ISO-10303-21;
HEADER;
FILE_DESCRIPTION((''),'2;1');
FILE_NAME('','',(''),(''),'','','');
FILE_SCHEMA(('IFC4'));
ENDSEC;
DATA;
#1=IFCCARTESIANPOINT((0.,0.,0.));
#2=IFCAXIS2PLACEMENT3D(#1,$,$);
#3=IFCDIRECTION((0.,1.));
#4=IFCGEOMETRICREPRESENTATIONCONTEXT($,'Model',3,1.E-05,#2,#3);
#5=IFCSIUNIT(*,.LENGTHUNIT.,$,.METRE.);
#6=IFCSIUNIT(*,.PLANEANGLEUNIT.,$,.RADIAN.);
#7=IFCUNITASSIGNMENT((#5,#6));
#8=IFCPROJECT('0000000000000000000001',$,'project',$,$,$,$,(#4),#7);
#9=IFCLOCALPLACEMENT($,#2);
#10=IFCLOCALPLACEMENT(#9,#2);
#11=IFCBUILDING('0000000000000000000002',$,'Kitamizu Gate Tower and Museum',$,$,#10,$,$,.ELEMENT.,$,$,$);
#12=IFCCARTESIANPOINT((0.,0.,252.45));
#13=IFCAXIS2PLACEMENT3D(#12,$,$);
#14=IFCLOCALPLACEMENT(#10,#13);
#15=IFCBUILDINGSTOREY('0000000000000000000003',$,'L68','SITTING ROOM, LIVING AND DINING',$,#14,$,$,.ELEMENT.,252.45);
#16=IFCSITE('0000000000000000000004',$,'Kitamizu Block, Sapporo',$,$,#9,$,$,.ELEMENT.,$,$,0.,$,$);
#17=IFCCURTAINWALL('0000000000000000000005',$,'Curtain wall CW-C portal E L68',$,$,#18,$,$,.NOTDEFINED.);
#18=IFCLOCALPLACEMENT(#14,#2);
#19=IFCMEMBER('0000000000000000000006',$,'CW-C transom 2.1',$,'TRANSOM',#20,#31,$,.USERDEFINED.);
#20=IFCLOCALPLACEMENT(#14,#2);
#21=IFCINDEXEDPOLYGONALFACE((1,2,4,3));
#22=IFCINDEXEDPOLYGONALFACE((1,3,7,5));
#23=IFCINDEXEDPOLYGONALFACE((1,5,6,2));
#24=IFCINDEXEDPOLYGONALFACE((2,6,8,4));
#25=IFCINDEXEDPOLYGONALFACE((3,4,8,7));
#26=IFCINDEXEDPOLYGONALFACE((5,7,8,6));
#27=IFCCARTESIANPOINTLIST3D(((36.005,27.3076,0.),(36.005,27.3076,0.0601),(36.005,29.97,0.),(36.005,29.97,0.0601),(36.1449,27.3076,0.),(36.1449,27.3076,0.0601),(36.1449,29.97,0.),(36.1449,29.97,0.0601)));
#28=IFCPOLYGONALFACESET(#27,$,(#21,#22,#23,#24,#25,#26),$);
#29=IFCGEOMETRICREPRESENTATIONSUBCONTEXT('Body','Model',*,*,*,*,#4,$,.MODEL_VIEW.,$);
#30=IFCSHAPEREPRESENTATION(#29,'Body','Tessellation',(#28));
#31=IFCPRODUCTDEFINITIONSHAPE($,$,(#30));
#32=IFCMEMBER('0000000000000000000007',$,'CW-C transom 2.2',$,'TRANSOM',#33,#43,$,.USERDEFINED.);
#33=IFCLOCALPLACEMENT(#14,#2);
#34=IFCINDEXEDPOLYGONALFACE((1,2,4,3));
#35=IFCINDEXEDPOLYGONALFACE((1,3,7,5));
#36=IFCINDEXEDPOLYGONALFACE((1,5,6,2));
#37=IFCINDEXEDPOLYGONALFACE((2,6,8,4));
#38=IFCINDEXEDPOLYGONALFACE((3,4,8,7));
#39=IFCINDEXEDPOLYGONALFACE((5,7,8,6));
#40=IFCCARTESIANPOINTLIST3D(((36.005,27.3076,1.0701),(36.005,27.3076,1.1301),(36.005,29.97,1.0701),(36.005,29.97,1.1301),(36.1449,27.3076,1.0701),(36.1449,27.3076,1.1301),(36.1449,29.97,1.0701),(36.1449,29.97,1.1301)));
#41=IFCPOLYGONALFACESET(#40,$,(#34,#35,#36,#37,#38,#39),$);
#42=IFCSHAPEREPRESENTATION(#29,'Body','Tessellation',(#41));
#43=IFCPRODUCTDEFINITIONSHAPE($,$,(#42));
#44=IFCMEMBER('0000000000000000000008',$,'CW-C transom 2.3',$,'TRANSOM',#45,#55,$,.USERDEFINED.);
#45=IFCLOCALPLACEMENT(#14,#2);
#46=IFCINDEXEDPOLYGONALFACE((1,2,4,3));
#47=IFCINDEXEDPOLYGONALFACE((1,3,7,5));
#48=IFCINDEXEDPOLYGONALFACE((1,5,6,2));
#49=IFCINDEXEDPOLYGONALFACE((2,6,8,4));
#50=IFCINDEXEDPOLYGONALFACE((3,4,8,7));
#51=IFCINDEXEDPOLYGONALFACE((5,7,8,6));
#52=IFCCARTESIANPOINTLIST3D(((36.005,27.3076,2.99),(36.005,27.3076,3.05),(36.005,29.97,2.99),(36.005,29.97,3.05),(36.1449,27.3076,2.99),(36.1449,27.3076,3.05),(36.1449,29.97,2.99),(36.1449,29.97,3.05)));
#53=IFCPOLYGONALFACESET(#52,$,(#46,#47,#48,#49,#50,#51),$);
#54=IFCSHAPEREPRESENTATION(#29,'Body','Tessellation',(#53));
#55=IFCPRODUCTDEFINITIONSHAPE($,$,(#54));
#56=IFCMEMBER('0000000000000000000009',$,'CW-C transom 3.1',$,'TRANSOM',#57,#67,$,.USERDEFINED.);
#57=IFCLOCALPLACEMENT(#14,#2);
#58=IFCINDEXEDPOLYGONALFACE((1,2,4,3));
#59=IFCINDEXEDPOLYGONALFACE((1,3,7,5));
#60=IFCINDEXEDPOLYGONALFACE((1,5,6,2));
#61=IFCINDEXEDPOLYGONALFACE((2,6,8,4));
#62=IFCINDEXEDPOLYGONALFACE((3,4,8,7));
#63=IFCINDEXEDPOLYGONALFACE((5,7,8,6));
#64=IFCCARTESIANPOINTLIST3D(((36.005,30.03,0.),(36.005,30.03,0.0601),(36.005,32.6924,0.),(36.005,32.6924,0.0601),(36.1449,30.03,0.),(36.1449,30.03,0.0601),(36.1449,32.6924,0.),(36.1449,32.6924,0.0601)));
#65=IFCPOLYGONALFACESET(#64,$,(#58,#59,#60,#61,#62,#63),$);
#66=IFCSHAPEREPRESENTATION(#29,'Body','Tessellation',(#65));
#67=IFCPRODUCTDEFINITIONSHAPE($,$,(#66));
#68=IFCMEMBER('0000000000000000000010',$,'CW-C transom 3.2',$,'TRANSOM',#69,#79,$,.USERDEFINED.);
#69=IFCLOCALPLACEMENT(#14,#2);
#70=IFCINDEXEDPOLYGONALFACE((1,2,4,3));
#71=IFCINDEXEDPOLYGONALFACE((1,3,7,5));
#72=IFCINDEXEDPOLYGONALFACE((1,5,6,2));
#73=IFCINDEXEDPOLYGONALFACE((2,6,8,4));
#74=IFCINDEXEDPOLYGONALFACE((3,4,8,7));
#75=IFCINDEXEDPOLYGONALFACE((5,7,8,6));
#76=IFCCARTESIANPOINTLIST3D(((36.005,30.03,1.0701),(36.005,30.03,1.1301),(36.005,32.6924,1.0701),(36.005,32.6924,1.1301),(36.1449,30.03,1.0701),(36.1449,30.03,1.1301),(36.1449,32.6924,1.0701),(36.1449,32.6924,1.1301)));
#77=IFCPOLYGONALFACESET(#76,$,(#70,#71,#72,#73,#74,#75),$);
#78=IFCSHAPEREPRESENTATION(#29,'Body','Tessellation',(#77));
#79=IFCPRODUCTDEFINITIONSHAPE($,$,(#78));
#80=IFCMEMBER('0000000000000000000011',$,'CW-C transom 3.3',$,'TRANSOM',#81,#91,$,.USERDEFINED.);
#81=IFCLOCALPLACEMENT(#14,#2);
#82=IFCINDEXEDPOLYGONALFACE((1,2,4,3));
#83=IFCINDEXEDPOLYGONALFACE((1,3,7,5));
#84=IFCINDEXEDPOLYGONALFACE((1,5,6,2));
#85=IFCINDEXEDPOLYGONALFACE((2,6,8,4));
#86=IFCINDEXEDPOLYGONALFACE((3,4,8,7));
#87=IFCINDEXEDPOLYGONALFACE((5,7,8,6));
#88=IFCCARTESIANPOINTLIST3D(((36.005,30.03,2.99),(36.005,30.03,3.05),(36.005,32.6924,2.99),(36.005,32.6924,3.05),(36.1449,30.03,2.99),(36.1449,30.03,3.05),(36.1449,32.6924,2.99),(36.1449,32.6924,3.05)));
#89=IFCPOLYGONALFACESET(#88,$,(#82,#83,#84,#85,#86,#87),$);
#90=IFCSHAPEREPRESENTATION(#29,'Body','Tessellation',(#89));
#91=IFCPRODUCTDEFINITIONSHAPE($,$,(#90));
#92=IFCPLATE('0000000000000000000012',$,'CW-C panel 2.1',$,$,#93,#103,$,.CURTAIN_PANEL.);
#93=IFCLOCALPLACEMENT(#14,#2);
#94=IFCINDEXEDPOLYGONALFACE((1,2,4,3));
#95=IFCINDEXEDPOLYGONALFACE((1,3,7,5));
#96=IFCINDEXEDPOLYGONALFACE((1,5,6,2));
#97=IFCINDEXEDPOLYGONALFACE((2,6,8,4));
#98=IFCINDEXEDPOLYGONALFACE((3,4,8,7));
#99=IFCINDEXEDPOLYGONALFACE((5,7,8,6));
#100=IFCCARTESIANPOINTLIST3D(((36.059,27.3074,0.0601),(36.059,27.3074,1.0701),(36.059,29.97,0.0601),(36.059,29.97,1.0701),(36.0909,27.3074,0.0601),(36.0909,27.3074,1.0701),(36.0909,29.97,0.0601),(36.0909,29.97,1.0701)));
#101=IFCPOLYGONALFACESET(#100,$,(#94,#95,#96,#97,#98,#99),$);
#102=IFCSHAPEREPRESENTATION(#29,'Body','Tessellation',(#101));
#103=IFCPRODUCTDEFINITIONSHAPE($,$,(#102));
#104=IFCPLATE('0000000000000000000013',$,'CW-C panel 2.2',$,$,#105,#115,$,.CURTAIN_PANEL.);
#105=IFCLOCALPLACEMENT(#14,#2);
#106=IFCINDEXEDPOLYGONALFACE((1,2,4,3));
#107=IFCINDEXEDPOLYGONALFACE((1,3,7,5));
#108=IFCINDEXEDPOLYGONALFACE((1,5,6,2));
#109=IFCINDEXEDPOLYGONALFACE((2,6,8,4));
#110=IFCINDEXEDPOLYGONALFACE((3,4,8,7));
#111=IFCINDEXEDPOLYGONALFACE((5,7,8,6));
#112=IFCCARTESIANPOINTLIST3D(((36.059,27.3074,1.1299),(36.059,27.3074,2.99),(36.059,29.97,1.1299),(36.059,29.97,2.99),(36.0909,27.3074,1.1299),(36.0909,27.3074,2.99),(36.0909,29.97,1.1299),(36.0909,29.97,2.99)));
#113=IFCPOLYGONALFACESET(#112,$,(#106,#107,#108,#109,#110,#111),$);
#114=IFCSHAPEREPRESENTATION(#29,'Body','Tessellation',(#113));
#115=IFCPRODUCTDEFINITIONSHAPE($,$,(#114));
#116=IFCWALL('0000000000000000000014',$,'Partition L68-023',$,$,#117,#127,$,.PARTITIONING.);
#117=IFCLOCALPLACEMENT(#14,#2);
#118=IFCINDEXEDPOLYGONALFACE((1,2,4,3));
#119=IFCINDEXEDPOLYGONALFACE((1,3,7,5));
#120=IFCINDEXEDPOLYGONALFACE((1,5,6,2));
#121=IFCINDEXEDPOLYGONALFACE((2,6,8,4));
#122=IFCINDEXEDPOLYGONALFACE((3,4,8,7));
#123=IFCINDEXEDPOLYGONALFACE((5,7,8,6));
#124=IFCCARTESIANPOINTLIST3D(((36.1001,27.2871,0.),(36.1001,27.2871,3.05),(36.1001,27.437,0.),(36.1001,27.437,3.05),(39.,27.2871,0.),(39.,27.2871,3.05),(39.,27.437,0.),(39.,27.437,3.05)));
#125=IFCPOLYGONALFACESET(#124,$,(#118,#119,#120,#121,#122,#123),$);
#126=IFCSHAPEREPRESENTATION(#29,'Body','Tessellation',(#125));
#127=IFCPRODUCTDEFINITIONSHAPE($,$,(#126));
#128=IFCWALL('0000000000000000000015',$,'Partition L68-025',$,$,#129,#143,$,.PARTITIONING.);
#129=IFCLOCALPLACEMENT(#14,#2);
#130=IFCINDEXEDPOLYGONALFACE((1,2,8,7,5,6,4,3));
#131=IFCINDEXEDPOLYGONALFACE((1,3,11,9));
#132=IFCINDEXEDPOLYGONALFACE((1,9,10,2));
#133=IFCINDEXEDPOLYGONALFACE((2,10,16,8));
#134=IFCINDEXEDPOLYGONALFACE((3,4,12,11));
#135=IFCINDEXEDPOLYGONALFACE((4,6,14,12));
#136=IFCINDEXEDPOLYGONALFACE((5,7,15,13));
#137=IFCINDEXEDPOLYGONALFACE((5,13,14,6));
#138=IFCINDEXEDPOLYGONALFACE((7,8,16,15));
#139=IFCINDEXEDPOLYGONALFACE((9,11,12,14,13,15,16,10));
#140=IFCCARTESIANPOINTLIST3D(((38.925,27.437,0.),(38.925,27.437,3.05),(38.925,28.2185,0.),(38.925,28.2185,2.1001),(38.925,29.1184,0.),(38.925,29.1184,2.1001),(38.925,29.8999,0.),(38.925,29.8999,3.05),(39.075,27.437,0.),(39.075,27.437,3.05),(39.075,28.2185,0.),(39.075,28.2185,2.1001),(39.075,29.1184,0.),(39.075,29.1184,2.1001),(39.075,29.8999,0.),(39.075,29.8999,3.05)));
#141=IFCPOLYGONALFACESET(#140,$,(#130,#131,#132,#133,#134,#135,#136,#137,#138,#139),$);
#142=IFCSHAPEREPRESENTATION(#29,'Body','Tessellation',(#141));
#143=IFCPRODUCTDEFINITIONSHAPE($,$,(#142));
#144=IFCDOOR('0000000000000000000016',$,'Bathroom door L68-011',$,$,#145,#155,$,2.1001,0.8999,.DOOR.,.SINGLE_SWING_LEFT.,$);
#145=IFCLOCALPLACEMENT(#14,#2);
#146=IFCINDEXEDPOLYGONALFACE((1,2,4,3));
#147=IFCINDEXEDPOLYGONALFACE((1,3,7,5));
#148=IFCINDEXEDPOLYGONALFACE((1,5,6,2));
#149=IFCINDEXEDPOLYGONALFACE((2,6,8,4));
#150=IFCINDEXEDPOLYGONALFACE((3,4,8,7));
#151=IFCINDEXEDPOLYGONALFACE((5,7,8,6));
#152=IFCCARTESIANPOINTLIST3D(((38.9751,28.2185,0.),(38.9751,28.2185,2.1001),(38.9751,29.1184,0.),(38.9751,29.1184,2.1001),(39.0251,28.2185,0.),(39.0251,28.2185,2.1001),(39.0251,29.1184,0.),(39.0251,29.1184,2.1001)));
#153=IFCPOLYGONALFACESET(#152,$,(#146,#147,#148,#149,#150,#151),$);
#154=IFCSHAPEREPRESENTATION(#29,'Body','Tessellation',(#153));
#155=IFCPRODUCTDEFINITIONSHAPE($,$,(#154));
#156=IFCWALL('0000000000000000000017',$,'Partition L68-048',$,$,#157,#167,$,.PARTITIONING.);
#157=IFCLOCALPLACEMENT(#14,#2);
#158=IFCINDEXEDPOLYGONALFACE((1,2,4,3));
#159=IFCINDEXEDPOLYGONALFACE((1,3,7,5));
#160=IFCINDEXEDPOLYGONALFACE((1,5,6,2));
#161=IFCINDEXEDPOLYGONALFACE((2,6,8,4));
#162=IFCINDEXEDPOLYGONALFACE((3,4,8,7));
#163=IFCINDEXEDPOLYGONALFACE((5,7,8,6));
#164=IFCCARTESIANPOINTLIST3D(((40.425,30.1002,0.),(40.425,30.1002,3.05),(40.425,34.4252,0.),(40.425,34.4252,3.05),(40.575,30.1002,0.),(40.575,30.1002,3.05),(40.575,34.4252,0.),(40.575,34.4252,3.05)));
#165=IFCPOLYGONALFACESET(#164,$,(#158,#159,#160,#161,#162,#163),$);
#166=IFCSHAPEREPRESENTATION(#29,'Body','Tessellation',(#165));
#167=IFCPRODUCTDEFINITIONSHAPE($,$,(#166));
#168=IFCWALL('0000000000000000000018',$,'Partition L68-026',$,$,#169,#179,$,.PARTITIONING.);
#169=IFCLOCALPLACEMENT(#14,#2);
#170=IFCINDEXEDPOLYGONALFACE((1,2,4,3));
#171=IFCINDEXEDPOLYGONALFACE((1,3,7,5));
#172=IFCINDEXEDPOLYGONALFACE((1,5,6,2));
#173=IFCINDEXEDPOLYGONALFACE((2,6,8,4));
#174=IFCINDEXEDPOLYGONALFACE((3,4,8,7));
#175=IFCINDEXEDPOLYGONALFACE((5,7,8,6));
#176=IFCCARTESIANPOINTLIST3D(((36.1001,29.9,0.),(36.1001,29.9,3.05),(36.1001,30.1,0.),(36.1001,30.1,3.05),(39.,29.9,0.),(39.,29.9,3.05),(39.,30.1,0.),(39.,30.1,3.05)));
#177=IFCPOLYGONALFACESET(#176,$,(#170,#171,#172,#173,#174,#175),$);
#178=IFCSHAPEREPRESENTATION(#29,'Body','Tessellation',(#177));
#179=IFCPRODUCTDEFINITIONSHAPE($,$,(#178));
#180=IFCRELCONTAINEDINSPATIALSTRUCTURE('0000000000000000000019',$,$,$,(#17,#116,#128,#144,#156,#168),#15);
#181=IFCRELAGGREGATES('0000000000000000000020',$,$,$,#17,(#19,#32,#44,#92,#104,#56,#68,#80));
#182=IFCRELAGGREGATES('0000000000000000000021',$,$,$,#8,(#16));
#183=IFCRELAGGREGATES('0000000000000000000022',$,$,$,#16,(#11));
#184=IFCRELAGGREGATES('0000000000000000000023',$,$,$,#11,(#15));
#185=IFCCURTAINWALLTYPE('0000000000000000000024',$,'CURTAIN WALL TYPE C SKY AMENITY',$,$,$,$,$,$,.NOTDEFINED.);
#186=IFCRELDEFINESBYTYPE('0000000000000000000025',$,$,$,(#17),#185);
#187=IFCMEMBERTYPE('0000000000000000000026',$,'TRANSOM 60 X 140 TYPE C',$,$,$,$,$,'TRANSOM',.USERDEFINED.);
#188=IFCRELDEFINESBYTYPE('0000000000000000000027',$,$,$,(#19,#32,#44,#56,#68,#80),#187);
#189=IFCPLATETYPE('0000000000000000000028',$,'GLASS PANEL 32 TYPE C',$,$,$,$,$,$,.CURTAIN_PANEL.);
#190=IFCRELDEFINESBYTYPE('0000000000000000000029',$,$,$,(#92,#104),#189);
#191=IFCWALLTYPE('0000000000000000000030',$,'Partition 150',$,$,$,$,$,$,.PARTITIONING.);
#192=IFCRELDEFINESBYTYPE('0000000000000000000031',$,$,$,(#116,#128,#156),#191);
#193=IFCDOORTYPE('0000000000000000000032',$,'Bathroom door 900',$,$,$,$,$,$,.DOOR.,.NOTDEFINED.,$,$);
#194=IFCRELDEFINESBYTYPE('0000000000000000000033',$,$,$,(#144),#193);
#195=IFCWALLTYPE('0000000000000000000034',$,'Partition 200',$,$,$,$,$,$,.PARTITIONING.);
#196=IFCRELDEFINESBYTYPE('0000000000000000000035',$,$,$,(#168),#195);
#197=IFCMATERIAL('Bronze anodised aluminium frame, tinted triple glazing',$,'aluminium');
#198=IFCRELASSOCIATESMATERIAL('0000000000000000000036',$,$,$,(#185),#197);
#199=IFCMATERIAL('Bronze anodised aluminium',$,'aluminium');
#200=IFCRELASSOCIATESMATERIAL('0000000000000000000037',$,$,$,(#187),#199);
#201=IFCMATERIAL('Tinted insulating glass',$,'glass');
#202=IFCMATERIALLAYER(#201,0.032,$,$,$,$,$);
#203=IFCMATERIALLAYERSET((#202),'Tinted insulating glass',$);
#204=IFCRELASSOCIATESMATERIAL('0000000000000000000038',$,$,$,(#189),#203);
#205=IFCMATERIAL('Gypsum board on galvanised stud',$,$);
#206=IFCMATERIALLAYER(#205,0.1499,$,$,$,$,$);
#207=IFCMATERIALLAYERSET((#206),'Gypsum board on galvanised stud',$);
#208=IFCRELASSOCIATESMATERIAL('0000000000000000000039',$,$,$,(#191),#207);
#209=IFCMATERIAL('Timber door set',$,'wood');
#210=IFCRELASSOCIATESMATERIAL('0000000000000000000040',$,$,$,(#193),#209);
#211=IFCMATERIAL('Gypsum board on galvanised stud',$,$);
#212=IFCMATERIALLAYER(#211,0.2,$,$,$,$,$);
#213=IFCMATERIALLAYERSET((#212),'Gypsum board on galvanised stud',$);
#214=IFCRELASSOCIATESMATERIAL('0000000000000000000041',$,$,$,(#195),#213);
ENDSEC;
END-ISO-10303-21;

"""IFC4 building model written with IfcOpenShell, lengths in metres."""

from ifc_helpers import new_model, si_unit, direction, frame, frame_2d, origin, origin_2d, place, context, subcontext, project, spatial, rectangle, extrude, material, layer, layer_set, material_profile, profile_set, type_object, element, fill, aggregate, save


model = new_model("IFC4")

# Units and contexts
model_context = context("Model", 3, precision=1e-05, world=origin(), true_north=direction((0.0, 1.0)))
body_context = subcontext(model_context, "Body", "Model", "MODEL_VIEW")
ifc_project = project(units=[si_unit("LENGTHUNIT", "METRE"), si_unit("PLANEANGLEUNIT", "RADIAN")], contexts=[model_context])

# Site, building, storey
site_placement = place(None, origin())
site = spatial("IfcSite", under=ifc_project, at=site_placement, Name="Kitamizu Block, Sapporo", CompositionType="ELEMENT", RefElevation=0.0)
building_placement = place(site_placement, origin())
building = spatial("IfcBuilding", under=site, at=building_placement, Name="Kitamizu Gate Tower and Museum", CompositionType="ELEMENT")
storey_placement = place(building_placement, frame((0.0, 0.0, 252.45)))
storey = spatial("IfcBuildingStorey", under=building, at=storey_placement, Name="L68", Description="SITTING ROOM, LIVING AND DINING", CompositionType="ELEMENT", Elevation=252.45)

# Curtain wall, members, plates
ifc_material_1 = material(Name="Bronze anodised aluminium frame, tinted triple glazing", Category="aluminium")
curtain_wall_type = type_object("IfcCurtainWallType", Name="CURTAIN WALL TYPE C SKY AMENITY", PredefinedType="NOTDEFINED", material=ifc_material_1)
curtain_wall_placement = place(storey_placement, origin())
curtain_wall = element("IfcCurtainWall", 1, at=curtain_wall_placement, inside=storey, type_object=curtain_wall_type, Name="Curtain wall CW-C portal E L68", PredefinedType="NOTDEFINED")
ifc_material_2 = material(Name="Bronze anodised aluminium", Category="aluminium")
ifc_material_profile = material_profile(ifc_material_2, rectangle(XDim=0.1399, YDim=0.0601, at=origin_2d()), Name="AL 60X140")
ifc_profile_set = profile_set([ifc_material_profile], Name="Bronze anodised aluminium")
member_type = type_object("IfcMemberType", Name="TRANSOM 60 X 140 TYPE C", ElementType="TRANSOM", PredefinedType="USERDEFINED", material=ifc_profile_set)
member_1_placement = place(storey_placement, frame((36.075, 27.3076, 0.03), z_axis=(0.0, 1.0, 0.0), x_axis=(-1.0, 0.0, 0.0)))
member_1 = element("IfcMember", 2, at=member_1_placement, type_object=member_type, Name="CW-C transom 2.1", ObjectType="TRANSOM", PredefinedType="USERDEFINED", context=body_context, shape_type="SweptSolid", body=[
    extrude(rectangle(XDim=0.1399, YDim=0.0601, at=origin_2d()), origin(), (0.0, 0.0, 1.0), 2.6624),
])
member_2_placement = place(storey_placement, frame((36.075, 27.3076, 1.1001), z_axis=(0.0, 1.0, 0.0), x_axis=(-1.0, 0.0, 0.0)))
member_2 = element("IfcMember", 3, at=member_2_placement, type_object=member_type, Name="CW-C transom 2.2", ObjectType="TRANSOM", PredefinedType="USERDEFINED", context=body_context, shape_type="SweptSolid", body=[
    extrude(rectangle(XDim=0.1399, YDim=0.0601, at=origin_2d()), origin(), (0.0, 0.0, 1.0), 2.6624),
])
member_3_placement = place(storey_placement, frame((36.075, 27.3076, 3.02), z_axis=(0.0, 1.0, 0.0), x_axis=(-1.0, 0.0, 0.0)))
member_3 = element("IfcMember", 4, at=member_3_placement, type_object=member_type, Name="CW-C transom 2.3", ObjectType="TRANSOM", PredefinedType="USERDEFINED", context=body_context, shape_type="SweptSolid", body=[
    extrude(rectangle(XDim=0.1399, YDim=0.0601, at=origin_2d()), origin(), (0.0, 0.0, 1.0), 2.6624),
])
member_4_placement = place(storey_placement, frame((36.075, 30.03, 0.03), z_axis=(0.0, 1.0, 0.0), x_axis=(-1.0, 0.0, 0.0)))
member_4 = element("IfcMember", 5, at=member_4_placement, type_object=member_type, Name="CW-C transom 3.1", ObjectType="TRANSOM", PredefinedType="USERDEFINED", context=body_context, shape_type="SweptSolid", body=[
    extrude(rectangle(XDim=0.1399, YDim=0.0601, at=origin_2d()), origin(), (0.0, 0.0, 1.0), 2.6624),
])
member_5_placement = place(storey_placement, frame((36.075, 30.03, 1.1001), z_axis=(0.0, 1.0, 0.0), x_axis=(-1.0, 0.0, 0.0)))
member_5 = element("IfcMember", 6, at=member_5_placement, type_object=member_type, Name="CW-C transom 3.2", ObjectType="TRANSOM", PredefinedType="USERDEFINED", context=body_context, shape_type="SweptSolid", body=[
    extrude(rectangle(XDim=0.1399, YDim=0.0601, at=origin_2d()), origin(), (0.0, 0.0, 1.0), 2.6624),
])
member_6_placement = place(storey_placement, frame((36.075, 30.03, 3.02), z_axis=(0.0, 1.0, 0.0), x_axis=(-1.0, 0.0, 0.0)))
member_6 = element("IfcMember", 7, at=member_6_placement, type_object=member_type, Name="CW-C transom 3.3", ObjectType="TRANSOM", PredefinedType="USERDEFINED", context=body_context, shape_type="SweptSolid", body=[
    extrude(rectangle(XDim=0.1399, YDim=0.0601, at=origin_2d()), origin(), (0.0, 0.0, 1.0), 2.6624),
])
ifc_material_3 = material(Name="Tinted insulating glass", Category="glass")
ifc_layer_1 = layer(ifc_material_3, 0.032)
ifc_layer_set_1 = layer_set([ifc_layer_1], Name="Tinted insulating glass")
plate_type = type_object("IfcPlateType", Name="GLASS PANEL 32 TYPE C", PredefinedType="CURTAIN_PANEL", material=ifc_layer_set_1)
plate_1_placement = place(storey_placement, frame((36.075, 28.6387, 0.0601), z_axis=(0.0, 0.0, 1.0), x_axis=(0.0, 1.0, 0.0)))
plate_1 = element("IfcPlate", 8, at=plate_1_placement, type_object=plate_type, Name="CW-C panel 2.1", PredefinedType="CURTAIN_PANEL", context=body_context, shape_type="SweptSolid", body=[
    extrude(rectangle(XDim=2.6626, YDim=0.032, at=origin_2d()), origin(), (0.0, 0.0, 1.0), 1.01),
])
plate_2_placement = place(storey_placement, frame((36.075, 28.6387, 1.1299), z_axis=(0.0, 0.0, 1.0), x_axis=(0.0, 1.0, 0.0)))
plate_2 = element("IfcPlate", 9, at=plate_2_placement, type_object=plate_type, Name="CW-C panel 2.2", PredefinedType="CURTAIN_PANEL", context=body_context, shape_type="SweptSolid", body=[
    extrude(rectangle(XDim=2.6626, YDim=0.032, at=origin_2d()), origin(), (0.0, 0.0, 1.0), 1.8601),
])
aggregate(curtain_wall, [member_1, member_2, member_3, plate_1, plate_2, member_4, member_5, member_6])

# Wall
ifc_material_4 = material(Name="Gypsum board on galvanised stud")
ifc_layer_2 = layer(ifc_material_4, 0.1499)
ifc_layer_set_2 = layer_set([ifc_layer_2], Name="Gypsum board on galvanised stud")
wall_type_1 = type_object("IfcWallType", Name="Partition 150", PredefinedType="PARTITIONING", material=ifc_layer_set_2)
wall_1_placement = place(storey_placement, frame((39.0, 27.3621, 0.0), z_axis=(0.0, 0.0, 1.0), x_axis=(-1.0, 0.0, 0.0)))
element("IfcWall", 10, at=wall_1_placement, inside=storey, type_object=wall_type_1, Name="Partition L68-023", PredefinedType="PARTITIONING", context=body_context, shape_type="SweptSolid", body=[
    extrude(rectangle(XDim=2.8999, YDim=0.1499, at=frame_2d((1.45, 0.0))), origin(), (0.0, 0.0, 1.0), 3.05),
])

# Wall, opening, door
wall_2_placement = place(storey_placement, frame((39.0, 27.437, 0.0), z_axis=(0.0, 0.0, 1.0), x_axis=(0.0, 1.0, 0.0)))
wall_2 = element("IfcWall", 11, at=wall_2_placement, inside=storey, type_object=wall_type_1, Name="Partition L68-025", PredefinedType="PARTITIONING", context=body_context, shape_type="SweptSolid", body=[
    extrude(rectangle(XDim=2.4629, YDim=0.1499, at=frame_2d((1.2314, 0.0))), origin(), (0.0, 0.0, 1.0), 3.05),
])
opening_placement = place(wall_2_placement, frame((0.7815, 0.0, 0.0)))
opening = element("IfcOpeningElement", 12, at=opening_placement, cuts=wall_2, PredefinedType="OPENING", context=body_context, shape_type="SweptSolid", body=[
    extrude(rectangle(XDim=0.8999, YDim=2.1001, at=frame_2d((0.45, 1.05))), frame((0.0, 0.085, 0.0), z_axis=(0.0, -1.0, 0.0), x_axis=(1.0, 0.0, 0.0)), (0.0, 0.0, 1.0), 0.1699),
])
ifc_material_5 = material(Name="Timber door set", Category="wood")
door_type = type_object("IfcDoorType", Name="Bathroom door 900", OperationType="NOTDEFINED", PredefinedType="DOOR", material=ifc_material_5)
door_placement = place(opening_placement, origin())
door = element("IfcDoor", 13, at=door_placement, inside=storey, type_object=door_type, Name="Bathroom door L68-011", OperationType="SINGLE_SWING_LEFT", OverallHeight=2.1001, OverallWidth=0.8999, PredefinedType="DOOR", context=body_context, shape_type="SweptSolid", body=[
    extrude(rectangle(XDim=0.8999, YDim=2.1001, at=frame_2d((0.45, 1.05))), frame((0.0, 0.0249, 0.0), z_axis=(0.0, -1.0, 0.0), x_axis=(1.0, 0.0, 0.0)), (0.0, 0.0, 1.0), 0.05),
])
fill(opening, door)

# Walls
wall_3_placement = place(storey_placement, frame((40.5, 30.1001, 0.0), z_axis=(0.0, 0.0, 1.0), x_axis=(0.0, 1.0, 0.0)))
element("IfcWall", 14, at=wall_3_placement, inside=storey, type_object=wall_type_1, Name="Partition L68-048", PredefinedType="PARTITIONING", context=body_context, shape_type="SweptSolid", body=[
    extrude(rectangle(XDim=4.325, YDim=0.1499, at=frame_2d((2.1626, 0.0))), origin(), (0.0, 0.0, 1.0), 3.05),
])
ifc_material_6 = material(Name="Gypsum board on galvanised stud")
ifc_layer_3 = layer(ifc_material_6, 0.2)
ifc_layer_set_3 = layer_set([ifc_layer_3], Name="Gypsum board on galvanised stud")
wall_type_2 = type_object("IfcWallType", Name="Partition 200", PredefinedType="PARTITIONING", material=ifc_layer_set_3)
wall_4_placement = place(storey_placement, frame((39.0, 30.0, 0.0), z_axis=(0.0, 0.0, 1.0), x_axis=(-1.0, 0.0, 0.0)))
element("IfcWall", 15, at=wall_4_placement, inside=storey, type_object=wall_type_2, Name="Partition L68-026", PredefinedType="PARTITIONING", context=body_context, shape_type="SweptSolid", body=[
    extrude(rectangle(XDim=2.8999, YDim=0.2, at=frame_2d((1.45, 0.0))), origin(), (0.0, 0.0, 1.0), 3.05),
])

save(model, "model.ifc")
